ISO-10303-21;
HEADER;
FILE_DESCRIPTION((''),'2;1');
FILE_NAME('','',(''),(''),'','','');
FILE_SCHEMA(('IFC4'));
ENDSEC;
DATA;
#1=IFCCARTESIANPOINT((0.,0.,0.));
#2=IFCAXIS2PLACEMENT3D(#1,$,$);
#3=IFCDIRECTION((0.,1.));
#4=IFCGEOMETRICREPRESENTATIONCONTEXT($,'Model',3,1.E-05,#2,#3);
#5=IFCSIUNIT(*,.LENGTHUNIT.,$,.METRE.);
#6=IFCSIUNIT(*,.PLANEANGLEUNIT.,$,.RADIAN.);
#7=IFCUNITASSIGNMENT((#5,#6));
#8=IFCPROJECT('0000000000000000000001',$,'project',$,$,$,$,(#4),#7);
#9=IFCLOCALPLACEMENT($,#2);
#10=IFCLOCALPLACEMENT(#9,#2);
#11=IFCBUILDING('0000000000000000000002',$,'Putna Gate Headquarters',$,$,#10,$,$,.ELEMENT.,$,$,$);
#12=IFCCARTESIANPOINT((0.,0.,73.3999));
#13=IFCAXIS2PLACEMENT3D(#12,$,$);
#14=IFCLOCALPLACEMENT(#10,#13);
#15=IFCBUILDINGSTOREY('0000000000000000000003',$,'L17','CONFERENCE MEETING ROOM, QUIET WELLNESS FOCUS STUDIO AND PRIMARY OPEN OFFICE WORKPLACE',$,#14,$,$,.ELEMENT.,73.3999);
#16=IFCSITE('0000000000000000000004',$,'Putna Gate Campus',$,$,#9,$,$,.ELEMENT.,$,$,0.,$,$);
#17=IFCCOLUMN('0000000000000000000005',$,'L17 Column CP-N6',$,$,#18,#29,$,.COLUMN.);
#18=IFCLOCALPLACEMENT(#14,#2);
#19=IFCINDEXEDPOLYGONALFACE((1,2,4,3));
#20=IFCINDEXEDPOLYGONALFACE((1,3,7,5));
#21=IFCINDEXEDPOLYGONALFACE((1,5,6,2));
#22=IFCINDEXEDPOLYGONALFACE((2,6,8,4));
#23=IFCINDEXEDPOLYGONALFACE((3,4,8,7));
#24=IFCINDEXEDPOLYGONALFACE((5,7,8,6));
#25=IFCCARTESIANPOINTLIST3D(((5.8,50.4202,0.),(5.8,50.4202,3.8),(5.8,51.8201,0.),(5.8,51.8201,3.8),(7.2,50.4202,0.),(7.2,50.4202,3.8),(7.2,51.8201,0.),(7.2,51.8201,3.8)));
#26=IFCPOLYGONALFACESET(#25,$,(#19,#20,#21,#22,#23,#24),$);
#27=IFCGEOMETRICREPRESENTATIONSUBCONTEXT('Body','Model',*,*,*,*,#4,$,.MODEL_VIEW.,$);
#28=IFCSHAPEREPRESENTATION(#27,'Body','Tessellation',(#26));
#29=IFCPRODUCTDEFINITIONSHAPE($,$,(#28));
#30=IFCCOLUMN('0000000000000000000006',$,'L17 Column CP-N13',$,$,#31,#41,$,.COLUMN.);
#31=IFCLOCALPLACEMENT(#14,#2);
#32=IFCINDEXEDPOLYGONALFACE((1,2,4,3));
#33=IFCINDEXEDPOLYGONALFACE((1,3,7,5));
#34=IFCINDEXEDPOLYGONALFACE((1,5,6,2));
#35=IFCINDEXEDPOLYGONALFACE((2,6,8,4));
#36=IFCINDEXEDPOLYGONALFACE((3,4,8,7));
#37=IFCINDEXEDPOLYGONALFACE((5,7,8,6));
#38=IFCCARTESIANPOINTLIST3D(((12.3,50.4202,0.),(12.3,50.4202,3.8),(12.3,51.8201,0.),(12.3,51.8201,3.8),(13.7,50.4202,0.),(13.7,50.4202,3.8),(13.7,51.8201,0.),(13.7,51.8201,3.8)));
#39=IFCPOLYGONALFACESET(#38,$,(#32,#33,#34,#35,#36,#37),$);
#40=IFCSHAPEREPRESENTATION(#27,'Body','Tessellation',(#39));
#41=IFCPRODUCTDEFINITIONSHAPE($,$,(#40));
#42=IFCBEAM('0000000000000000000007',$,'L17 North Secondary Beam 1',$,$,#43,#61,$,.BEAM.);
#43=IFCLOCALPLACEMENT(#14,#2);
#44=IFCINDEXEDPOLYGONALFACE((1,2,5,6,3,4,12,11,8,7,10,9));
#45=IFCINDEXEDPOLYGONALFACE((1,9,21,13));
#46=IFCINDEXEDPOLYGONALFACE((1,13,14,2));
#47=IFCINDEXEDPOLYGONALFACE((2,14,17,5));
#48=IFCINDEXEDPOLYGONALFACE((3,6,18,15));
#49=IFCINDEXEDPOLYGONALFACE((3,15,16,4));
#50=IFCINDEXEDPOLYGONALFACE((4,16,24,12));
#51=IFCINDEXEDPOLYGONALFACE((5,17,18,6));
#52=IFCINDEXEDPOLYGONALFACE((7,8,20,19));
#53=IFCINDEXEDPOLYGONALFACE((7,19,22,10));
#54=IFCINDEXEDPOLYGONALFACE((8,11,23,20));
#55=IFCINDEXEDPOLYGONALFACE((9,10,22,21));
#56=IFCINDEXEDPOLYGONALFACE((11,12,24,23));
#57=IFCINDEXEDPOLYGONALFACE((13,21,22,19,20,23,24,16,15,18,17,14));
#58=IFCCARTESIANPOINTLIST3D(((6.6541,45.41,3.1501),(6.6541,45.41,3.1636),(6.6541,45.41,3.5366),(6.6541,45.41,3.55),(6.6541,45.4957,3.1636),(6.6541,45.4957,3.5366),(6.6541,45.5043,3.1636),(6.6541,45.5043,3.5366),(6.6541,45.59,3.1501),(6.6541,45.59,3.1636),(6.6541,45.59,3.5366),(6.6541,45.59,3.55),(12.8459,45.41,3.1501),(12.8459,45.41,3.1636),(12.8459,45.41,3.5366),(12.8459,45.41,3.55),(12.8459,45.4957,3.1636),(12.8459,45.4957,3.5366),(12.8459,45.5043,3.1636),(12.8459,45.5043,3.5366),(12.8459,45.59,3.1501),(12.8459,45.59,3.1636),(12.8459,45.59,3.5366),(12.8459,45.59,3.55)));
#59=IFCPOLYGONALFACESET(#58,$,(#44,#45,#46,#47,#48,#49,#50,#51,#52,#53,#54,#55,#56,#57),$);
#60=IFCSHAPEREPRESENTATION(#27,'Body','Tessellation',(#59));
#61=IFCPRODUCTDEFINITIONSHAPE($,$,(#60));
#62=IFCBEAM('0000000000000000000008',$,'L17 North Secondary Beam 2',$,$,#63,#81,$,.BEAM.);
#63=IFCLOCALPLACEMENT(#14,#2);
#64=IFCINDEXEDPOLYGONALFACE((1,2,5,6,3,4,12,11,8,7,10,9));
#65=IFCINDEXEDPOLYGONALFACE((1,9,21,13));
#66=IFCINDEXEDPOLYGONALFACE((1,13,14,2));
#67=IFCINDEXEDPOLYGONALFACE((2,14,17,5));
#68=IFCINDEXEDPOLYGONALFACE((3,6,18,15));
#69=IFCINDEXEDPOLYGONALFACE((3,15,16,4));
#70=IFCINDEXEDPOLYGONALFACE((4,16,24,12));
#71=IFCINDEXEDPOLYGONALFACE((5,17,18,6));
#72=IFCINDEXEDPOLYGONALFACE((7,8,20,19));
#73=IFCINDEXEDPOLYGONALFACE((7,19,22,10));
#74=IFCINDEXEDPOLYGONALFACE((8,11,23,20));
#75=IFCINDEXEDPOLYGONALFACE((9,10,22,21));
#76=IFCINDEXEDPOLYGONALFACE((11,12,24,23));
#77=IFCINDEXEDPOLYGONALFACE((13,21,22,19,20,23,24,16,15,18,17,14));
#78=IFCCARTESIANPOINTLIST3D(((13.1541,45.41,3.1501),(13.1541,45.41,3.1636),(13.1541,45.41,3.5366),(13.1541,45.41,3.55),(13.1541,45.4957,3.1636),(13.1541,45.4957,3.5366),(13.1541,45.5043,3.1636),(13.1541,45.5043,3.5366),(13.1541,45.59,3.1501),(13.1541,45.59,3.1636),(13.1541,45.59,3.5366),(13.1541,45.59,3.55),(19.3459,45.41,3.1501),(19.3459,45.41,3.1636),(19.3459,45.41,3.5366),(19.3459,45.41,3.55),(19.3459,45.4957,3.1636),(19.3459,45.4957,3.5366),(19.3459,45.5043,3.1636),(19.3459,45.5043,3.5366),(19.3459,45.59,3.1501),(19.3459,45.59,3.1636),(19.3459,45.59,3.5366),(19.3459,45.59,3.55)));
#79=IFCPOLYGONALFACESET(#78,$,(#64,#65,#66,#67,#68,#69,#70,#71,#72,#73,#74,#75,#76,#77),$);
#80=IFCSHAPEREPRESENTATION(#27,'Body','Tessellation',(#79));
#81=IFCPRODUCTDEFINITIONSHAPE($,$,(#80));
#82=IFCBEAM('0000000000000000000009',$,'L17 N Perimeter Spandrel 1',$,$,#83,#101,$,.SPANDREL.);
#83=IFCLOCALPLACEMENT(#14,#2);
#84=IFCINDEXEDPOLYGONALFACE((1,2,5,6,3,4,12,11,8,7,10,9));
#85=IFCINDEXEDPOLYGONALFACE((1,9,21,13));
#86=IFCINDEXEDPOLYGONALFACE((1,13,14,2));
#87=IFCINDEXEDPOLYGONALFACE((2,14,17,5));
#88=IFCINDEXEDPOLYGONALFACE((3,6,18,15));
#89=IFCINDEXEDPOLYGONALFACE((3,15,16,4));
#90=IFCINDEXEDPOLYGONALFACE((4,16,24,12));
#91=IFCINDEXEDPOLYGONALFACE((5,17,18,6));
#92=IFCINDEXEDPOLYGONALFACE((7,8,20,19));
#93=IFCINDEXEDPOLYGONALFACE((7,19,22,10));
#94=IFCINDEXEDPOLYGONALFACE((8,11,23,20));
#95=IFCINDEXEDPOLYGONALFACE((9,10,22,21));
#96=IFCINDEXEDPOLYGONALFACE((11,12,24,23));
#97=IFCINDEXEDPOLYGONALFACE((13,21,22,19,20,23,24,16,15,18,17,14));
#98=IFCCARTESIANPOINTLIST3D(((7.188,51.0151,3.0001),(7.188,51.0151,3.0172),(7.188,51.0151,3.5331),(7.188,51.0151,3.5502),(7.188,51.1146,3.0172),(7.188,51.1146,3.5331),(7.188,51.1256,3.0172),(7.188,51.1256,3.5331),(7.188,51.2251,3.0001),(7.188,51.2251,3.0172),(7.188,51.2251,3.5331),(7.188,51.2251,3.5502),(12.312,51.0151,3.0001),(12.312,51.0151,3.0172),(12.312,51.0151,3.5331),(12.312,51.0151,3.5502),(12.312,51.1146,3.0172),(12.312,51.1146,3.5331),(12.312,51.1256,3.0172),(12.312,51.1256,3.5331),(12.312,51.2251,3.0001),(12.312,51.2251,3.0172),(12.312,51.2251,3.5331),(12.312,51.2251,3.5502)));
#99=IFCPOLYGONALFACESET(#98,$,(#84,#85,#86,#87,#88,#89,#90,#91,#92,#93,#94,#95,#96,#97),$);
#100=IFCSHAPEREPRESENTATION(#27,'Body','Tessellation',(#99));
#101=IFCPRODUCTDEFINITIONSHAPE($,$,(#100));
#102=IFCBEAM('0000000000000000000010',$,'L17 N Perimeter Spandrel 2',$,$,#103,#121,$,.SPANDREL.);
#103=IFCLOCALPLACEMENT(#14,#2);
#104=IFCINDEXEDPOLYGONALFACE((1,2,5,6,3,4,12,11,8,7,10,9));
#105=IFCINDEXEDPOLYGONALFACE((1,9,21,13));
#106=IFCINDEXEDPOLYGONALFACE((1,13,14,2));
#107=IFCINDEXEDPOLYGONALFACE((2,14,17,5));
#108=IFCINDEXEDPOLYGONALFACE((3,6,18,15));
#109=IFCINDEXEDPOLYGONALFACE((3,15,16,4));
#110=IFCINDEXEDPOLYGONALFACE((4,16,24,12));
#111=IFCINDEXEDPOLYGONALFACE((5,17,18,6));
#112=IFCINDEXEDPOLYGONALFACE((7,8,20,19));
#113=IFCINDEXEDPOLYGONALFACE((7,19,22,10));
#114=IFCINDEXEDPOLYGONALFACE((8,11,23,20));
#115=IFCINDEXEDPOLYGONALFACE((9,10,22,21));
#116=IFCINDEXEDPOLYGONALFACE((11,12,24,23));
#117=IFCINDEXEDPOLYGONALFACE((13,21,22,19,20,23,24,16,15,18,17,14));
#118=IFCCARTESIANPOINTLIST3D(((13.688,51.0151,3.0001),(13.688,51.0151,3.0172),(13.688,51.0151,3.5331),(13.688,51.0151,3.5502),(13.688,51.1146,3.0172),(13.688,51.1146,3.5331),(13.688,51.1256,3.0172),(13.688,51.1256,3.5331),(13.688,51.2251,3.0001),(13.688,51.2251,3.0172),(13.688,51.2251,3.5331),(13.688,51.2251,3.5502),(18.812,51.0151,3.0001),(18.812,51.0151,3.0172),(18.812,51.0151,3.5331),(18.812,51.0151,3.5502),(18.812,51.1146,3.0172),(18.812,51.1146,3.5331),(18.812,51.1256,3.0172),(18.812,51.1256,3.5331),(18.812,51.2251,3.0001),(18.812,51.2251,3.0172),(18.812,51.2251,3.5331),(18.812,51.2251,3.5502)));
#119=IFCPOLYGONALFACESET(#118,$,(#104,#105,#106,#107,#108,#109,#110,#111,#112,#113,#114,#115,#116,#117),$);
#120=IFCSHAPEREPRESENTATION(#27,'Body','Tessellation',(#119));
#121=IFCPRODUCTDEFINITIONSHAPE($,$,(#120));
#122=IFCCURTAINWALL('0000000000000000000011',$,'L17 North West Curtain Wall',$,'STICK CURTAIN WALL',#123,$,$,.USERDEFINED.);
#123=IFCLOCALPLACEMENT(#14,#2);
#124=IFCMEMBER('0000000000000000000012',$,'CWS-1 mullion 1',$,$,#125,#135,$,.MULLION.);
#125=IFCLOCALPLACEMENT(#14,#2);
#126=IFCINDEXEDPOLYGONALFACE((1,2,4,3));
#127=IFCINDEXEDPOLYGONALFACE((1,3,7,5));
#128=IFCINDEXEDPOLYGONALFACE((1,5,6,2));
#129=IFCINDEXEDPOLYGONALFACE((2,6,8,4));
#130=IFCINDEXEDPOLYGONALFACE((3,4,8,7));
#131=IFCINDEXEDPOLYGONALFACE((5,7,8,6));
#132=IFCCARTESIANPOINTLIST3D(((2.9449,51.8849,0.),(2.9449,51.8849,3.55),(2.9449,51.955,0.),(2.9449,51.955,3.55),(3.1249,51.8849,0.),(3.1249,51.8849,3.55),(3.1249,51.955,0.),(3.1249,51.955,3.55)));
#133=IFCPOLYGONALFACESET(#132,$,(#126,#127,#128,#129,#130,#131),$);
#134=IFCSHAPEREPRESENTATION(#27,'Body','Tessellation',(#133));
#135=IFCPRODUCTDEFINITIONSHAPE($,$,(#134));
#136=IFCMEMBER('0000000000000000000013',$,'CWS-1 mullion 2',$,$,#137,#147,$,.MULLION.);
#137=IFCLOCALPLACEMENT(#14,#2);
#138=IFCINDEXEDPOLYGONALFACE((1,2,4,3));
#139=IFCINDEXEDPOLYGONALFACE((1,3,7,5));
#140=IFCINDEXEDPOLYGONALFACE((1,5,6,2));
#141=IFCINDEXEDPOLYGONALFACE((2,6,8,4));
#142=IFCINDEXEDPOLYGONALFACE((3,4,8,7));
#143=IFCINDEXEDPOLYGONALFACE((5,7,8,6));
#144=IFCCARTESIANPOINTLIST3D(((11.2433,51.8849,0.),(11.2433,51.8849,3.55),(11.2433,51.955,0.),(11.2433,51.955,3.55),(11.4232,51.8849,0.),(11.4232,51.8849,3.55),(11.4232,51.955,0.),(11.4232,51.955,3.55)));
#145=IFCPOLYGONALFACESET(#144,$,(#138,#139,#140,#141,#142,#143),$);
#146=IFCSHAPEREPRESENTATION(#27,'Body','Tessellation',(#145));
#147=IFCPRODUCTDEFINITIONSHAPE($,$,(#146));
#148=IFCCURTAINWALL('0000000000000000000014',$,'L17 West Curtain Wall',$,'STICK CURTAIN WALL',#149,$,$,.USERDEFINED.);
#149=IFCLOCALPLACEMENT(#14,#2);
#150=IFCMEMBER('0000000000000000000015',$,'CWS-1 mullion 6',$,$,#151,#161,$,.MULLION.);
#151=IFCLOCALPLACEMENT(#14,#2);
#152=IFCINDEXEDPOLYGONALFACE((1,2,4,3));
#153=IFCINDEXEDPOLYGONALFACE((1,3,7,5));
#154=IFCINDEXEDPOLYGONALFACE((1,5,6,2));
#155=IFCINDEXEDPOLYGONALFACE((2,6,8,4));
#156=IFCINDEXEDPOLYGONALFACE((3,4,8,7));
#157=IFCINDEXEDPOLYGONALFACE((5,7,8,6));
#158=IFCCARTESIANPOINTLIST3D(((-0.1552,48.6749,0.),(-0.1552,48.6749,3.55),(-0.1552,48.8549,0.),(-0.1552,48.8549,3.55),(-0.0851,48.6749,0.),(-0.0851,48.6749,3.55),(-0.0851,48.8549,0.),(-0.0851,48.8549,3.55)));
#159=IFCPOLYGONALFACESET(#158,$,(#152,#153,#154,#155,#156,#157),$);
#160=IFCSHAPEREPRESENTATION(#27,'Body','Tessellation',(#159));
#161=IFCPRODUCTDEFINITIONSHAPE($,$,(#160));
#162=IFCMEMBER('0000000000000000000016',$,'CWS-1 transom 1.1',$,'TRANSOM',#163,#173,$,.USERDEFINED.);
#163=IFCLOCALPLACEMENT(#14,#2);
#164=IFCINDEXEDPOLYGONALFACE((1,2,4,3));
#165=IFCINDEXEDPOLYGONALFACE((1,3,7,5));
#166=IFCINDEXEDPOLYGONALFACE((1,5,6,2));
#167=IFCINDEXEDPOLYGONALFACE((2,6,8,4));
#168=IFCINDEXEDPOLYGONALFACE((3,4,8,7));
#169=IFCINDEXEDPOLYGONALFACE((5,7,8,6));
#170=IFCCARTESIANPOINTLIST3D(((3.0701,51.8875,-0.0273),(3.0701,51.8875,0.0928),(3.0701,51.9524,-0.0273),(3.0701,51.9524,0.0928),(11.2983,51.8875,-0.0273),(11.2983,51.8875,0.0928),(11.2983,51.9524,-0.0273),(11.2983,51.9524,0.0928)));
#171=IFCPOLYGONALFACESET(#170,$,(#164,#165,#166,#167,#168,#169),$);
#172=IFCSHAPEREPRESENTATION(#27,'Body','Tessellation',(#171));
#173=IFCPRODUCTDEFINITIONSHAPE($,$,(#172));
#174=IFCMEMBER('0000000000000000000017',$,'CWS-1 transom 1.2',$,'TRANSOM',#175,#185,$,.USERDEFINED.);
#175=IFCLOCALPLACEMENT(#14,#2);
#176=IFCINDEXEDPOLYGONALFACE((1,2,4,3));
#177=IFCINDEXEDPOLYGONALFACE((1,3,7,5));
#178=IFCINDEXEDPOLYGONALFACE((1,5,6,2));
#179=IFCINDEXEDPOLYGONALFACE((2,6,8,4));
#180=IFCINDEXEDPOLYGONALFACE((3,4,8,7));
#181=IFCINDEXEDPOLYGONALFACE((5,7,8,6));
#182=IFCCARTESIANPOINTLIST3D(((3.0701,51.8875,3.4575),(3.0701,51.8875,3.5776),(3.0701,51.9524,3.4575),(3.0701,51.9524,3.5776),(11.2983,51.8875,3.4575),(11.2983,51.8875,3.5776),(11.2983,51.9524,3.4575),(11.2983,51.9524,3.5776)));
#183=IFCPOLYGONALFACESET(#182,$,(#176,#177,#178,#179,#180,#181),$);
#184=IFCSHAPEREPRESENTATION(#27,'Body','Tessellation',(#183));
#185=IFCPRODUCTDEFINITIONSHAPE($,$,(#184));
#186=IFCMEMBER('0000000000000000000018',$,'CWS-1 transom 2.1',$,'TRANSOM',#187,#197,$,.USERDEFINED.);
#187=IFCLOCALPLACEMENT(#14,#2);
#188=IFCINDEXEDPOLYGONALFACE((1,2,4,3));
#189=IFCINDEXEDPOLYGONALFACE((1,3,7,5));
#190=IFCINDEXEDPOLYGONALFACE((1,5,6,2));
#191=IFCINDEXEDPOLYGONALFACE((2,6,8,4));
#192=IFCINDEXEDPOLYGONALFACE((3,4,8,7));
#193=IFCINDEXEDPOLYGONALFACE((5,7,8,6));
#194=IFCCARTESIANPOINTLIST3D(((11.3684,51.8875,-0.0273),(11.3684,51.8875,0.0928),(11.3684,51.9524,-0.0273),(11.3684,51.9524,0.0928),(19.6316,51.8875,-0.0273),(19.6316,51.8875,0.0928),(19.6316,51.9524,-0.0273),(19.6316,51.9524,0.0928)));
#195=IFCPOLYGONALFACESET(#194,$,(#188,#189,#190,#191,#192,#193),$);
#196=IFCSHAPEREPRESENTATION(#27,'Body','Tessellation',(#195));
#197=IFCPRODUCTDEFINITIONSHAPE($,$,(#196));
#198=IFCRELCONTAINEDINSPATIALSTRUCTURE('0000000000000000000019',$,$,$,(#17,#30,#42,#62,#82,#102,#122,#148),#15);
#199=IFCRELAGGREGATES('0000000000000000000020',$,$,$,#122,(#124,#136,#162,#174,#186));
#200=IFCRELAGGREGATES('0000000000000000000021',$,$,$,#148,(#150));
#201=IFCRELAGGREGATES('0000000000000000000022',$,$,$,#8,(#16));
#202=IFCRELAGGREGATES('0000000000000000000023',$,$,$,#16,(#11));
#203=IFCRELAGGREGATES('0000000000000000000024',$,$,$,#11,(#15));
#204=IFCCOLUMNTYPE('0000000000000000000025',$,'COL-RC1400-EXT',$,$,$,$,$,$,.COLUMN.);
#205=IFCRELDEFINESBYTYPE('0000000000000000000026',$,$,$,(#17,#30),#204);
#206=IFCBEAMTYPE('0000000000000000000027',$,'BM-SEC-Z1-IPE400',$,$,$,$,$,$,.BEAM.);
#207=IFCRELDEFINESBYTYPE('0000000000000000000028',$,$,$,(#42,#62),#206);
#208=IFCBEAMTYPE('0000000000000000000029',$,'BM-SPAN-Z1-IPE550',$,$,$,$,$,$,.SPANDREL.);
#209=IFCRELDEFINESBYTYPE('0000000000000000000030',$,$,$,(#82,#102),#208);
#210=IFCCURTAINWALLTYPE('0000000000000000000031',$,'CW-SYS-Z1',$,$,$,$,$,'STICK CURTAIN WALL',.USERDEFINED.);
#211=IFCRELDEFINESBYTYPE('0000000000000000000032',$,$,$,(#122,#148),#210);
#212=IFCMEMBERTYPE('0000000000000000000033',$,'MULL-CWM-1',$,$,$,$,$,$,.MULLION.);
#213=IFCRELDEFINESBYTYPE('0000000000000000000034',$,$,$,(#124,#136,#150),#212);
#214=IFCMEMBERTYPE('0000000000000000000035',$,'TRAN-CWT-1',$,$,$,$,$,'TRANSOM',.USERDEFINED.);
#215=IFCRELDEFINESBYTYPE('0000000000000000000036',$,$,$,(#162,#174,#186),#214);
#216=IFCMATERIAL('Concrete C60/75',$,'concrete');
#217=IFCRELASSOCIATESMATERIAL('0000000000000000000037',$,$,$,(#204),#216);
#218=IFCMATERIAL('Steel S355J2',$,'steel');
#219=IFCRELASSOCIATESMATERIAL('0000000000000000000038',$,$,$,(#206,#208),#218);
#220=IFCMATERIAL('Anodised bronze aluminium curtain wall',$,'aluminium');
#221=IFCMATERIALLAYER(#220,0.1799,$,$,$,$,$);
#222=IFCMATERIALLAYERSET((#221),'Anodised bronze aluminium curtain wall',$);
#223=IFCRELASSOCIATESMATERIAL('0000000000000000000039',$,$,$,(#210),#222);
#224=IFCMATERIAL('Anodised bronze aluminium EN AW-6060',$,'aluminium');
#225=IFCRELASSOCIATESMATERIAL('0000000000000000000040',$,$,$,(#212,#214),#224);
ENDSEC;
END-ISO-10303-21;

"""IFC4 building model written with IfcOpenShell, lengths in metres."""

from ifc_helpers import new_model, si_unit, direction, frame, origin, origin_2d, place, context, subcontext, project, spatial, rectangle, i_section, extrude, material, layer, layer_set, material_profile, profile_set, type_object, element, aggregate, save


model = new_model("IFC4")

# Units and contexts
model_context = context("Model", 3, precision=1e-05, world=origin(), true_north=direction((0.0, 1.0)))
body_context = subcontext(model_context, "Body", "Model", "MODEL_VIEW")
ifc_project = project(units=[si_unit("LENGTHUNIT", "METRE"), si_unit("PLANEANGLEUNIT", "RADIAN")], contexts=[model_context])

# Site, building, storey
site_placement = place(None, origin())
site = spatial("IfcSite", under=ifc_project, at=site_placement, Name="Putna Gate Campus", CompositionType="ELEMENT", RefElevation=0.0)
building_placement = place(site_placement, origin())
building = spatial("IfcBuilding", under=site, at=building_placement, Name="Putna Gate Headquarters", CompositionType="ELEMENT")
storey_placement = place(building_placement, frame((0.0, 0.0, 73.3999)))
storey = spatial("IfcBuildingStorey", under=building, at=storey_placement, Name="L17", Description="CONFERENCE MEETING ROOM, QUIET WELLNESS FOCUS STUDIO AND PRIMARY OPEN OFFICE WORKPLACE", CompositionType="ELEMENT", Elevation=73.3999)

# Columns
ifc_material_1 = material(Name="Concrete C60/75", Category="concrete")
ifc_material_profile_1 = material_profile(ifc_material_1, rectangle(XDim=1.3999, YDim=1.3999, at=origin_2d()), Name="Concrete C60/75")
ifc_profile_set_1 = profile_set([ifc_material_profile_1], Name="Concrete C60/75")
column_type = type_object("IfcColumnType", Name="COL-RC1400-EXT", PredefinedType="COLUMN", material=ifc_profile_set_1)
for number, where, z_axis, x_axis, name in (
    (1, (6.5, 51.1201, 0.0), (0.0, 0.0, 1.0), (1.0, 0.0, 0.0), "L17 Column CP-N6"),
    (2, (13.0, 51.1201, 0.0), (0.0, 0.0, 1.0), (1.0, 0.0, 0.0), "L17 Column CP-N13"),
):
    element("IfcColumn", number, at=place(storey_placement, frame(where, z_axis=z_axis, x_axis=x_axis)), inside=storey, type_object=column_type, Name=name, PredefinedType="COLUMN", context=body_context, shape_type="SweptSolid", body=[
        extrude(rectangle(XDim=1.3999, YDim=1.3999, at=origin_2d()), origin(), (0.0, 0.0, 1.0), 3.8),
    ])

# Beams
ifc_material_2 = material(Name="Steel S355J2", Category="steel")
ifc_material_profile_2 = material_profile(ifc_material_2, i_section(OverallWidth=0.1799, OverallDepth=0.3999, WebThickness=0.0085, FlangeThickness=0.0134, at=origin_2d()), Name="Steel S355J2")
ifc_profile_set_2 = profile_set([ifc_material_profile_2], Name="Steel S355J2")
beam_type_1 = type_object("IfcBeamType", Name="BM-SEC-Z1-IPE400", PredefinedType="BEAM", material=ifc_profile_set_2)
for number, where, z_axis, x_axis, name in (
    (3, (6.6541, 45.5, 3.3501), (1.0, 0.0, 0.0), (0.0, 1.0, 0.0), "L17 North Secondary Beam 1"),
    (4, (13.1541, 45.5, 3.3501), (1.0, 0.0, 0.0), (0.0, 1.0, 0.0), "L17 North Secondary Beam 2"),
):
    element("IfcBeam", number, at=place(storey_placement, frame(where, z_axis=z_axis, x_axis=x_axis)), inside=storey, type_object=beam_type_1, Name=name, PredefinedType="BEAM", context=body_context, shape_type="SweptSolid", body=[
        extrude(i_section(OverallWidth=0.1799, OverallDepth=0.3999, WebThickness=0.0085, FlangeThickness=0.0134, at=origin_2d()), origin(), (0.0, 0.0, 1.0), 6.1919),
    ])
ifc_material_profile_3 = material_profile(ifc_material_2, i_section(OverallWidth=0.21, OverallDepth=0.55, WebThickness=0.011, FlangeThickness=0.0171, at=origin_2d()), Name="Steel S355J2")
ifc_profile_set_3 = profile_set([ifc_material_profile_3], Name="Steel S355J2")
beam_type_2 = type_object("IfcBeamType", Name="BM-SPAN-Z1-IPE550", PredefinedType="SPANDREL", material=ifc_profile_set_3)
for number, where, z_axis, x_axis, name in (
    (5, (7.188, 51.1201, 3.2751), (1.0, 0.0, 0.0), (0.0, 1.0, 0.0), "L17 N Perimeter Spandrel 1"),
    (6, (13.688, 51.1201, 3.2751), (1.0, 0.0, 0.0), (0.0, 1.0, 0.0), "L17 N Perimeter Spandrel 2"),
):
    element("IfcBeam", number, at=place(storey_placement, frame(where, z_axis=z_axis, x_axis=x_axis)), inside=storey, type_object=beam_type_2, Name=name, PredefinedType="SPANDREL", context=body_context, shape_type="SweptSolid", body=[
        extrude(i_section(OverallWidth=0.21, OverallDepth=0.55, WebThickness=0.011, FlangeThickness=0.0171, at=origin_2d()), origin(), (0.0, 0.0, 1.0), 5.124),
    ])

# Curtain wall, members
ifc_material_3 = material(Name="Anodised bronze aluminium curtain wall", Category="aluminium")
ifc_layer_1 = layer(ifc_material_3, 0.1799)
ifc_layer_set_1 = layer_set([ifc_layer_1], Name="Anodised bronze aluminium curtain wall")
curtain_wall_type = type_object("IfcCurtainWallType", Name="CW-SYS-Z1", ElementType="STICK CURTAIN WALL", PredefinedType="USERDEFINED", material=ifc_layer_set_1)
curtain_wall_1_placement = place(storey_placement, origin())
curtain_wall_1 = element("IfcCurtainWall", 7, at=curtain_wall_1_placement, inside=storey, type_object=curtain_wall_type, Name="L17 North West Curtain Wall", ObjectType="STICK CURTAIN WALL", PredefinedType="USERDEFINED")
ifc_material_4 = material(Name="Anodised bronze aluminium EN AW-6060", Category="aluminium")
ifc_material_profile_4 = material_profile(ifc_material_4, rectangle(XDim=0.0701, YDim=0.1799, at=origin_2d()), Name="Anodised bronze aluminium EN AW-6060")
ifc_profile_set_4 = profile_set([ifc_material_profile_4], Name="Anodised bronze aluminium EN AW-6060")
member_type_1 = type_object("IfcMemberType", Name="MULL-CWM-1", PredefinedType="MULLION", material=ifc_profile_set_4)
member_1_placement = place(storey_placement, frame((3.0349, 51.9199, 0.0), z_axis=(0.0, 0.0, 1.0), x_axis=(0.0, 1.0, 0.0)))
member_1 = element("IfcMember", 8, at=member_1_placement, type_object=member_type_1, Name="CWS-1 mullion 1", PredefinedType="MULLION", context=body_context, shape_type="SweptSolid", body=[
    extrude(rectangle(XDim=0.0701, YDim=0.1799, at=origin_2d()), origin(), (0.0, 0.0, 1.0), 3.55),
])
member_2_placement = place(storey_placement, frame((11.3333, 51.9199, 0.0), z_axis=(0.0, 0.0, 1.0), x_axis=(0.0, 1.0, 0.0)))
member_2 = element("IfcMember", 9, at=member_2_placement, type_object=member_type_1, Name="CWS-1 mullion 2", PredefinedType="MULLION", context=body_context, shape_type="SweptSolid", body=[
    extrude(rectangle(XDim=0.0701, YDim=0.1799, at=origin_2d()), origin(), (0.0, 0.0, 1.0), 3.55),
])

# Curtain wall, member
curtain_wall_2_placement = place(storey_placement, origin())
curtain_wall_2 = element("IfcCurtainWall", 10, at=curtain_wall_2_placement, inside=storey, type_object=curtain_wall_type, Name="L17 West Curtain Wall", ObjectType="STICK CURTAIN WALL", PredefinedType="USERDEFINED")
member_3_placement = place(storey_placement, frame((-0.1201, 48.7649, 0.0), z_axis=(0.0, 0.0, 1.0), x_axis=(-1.0, 0.0, 0.0)))
member_3 = element("IfcMember", 11, at=member_3_placement, type_object=member_type_1, Name="CWS-1 mullion 6", PredefinedType="MULLION", context=body_context, shape_type="SweptSolid", body=[
    extrude(rectangle(XDim=0.0701, YDim=0.1799, at=origin_2d()), origin(), (0.0, 0.0, 1.0), 3.55),
])

# Members
ifc_material_profile_5 = material_profile(ifc_material_4, rectangle(XDim=0.0649, YDim=0.1201, at=origin_2d()), Name="Anodised bronze aluminium EN AW-6060")
ifc_profile_set_5 = profile_set([ifc_material_profile_5], Name="Anodised bronze aluminium EN AW-6060")
member_type_2 = type_object("IfcMemberType", Name="TRAN-CWT-1", ElementType="TRANSOM", PredefinedType="USERDEFINED", material=ifc_profile_set_5)
member_4_placement = place(storey_placement, frame((3.0701, 51.9199, 0.0327), z_axis=(1.0, 0.0, 0.0), x_axis=(0.0, 1.0, 0.0)))
member_4 = element("IfcMember", 12, at=member_4_placement, type_object=member_type_2, Name="CWS-1 transom 1.1", ObjectType="TRANSOM", PredefinedType="USERDEFINED", context=body_context, shape_type="SweptSolid", body=[
    extrude(rectangle(XDim=0.0649, YDim=0.1201, at=origin_2d()), origin(), (0.0, 0.0, 1.0), 8.2283),
])
member_5_placement = place(storey_placement, frame((3.0701, 51.9199, 3.5176), z_axis=(1.0, 0.0, 0.0), x_axis=(0.0, 1.0, 0.0)))
member_5 = element("IfcMember", 13, at=member_5_placement, type_object=member_type_2, Name="CWS-1 transom 1.2", ObjectType="TRANSOM", PredefinedType="USERDEFINED", context=body_context, shape_type="SweptSolid", body=[
    extrude(rectangle(XDim=0.0649, YDim=0.1201, at=origin_2d()), origin(), (0.0, 0.0, 1.0), 8.2283),
])
member_6_placement = place(storey_placement, frame((11.3684, 51.9199, 0.0327), z_axis=(1.0, 0.0, 0.0), x_axis=(0.0, 1.0, 0.0)))
member_6 = element("IfcMember", 14, at=member_6_placement, type_object=member_type_2, Name="CWS-1 transom 2.1", ObjectType="TRANSOM", PredefinedType="USERDEFINED", context=body_context, shape_type="SweptSolid", body=[
    extrude(rectangle(XDim=0.0649, YDim=0.1201, at=origin_2d()), origin(), (0.0, 0.0, 1.0), 8.2632),
])

aggregate(curtain_wall_1, [member_1, member_2, member_4, member_5, member_6])
aggregate(curtain_wall_2, [member_3])

save(model, "model.ifc")
